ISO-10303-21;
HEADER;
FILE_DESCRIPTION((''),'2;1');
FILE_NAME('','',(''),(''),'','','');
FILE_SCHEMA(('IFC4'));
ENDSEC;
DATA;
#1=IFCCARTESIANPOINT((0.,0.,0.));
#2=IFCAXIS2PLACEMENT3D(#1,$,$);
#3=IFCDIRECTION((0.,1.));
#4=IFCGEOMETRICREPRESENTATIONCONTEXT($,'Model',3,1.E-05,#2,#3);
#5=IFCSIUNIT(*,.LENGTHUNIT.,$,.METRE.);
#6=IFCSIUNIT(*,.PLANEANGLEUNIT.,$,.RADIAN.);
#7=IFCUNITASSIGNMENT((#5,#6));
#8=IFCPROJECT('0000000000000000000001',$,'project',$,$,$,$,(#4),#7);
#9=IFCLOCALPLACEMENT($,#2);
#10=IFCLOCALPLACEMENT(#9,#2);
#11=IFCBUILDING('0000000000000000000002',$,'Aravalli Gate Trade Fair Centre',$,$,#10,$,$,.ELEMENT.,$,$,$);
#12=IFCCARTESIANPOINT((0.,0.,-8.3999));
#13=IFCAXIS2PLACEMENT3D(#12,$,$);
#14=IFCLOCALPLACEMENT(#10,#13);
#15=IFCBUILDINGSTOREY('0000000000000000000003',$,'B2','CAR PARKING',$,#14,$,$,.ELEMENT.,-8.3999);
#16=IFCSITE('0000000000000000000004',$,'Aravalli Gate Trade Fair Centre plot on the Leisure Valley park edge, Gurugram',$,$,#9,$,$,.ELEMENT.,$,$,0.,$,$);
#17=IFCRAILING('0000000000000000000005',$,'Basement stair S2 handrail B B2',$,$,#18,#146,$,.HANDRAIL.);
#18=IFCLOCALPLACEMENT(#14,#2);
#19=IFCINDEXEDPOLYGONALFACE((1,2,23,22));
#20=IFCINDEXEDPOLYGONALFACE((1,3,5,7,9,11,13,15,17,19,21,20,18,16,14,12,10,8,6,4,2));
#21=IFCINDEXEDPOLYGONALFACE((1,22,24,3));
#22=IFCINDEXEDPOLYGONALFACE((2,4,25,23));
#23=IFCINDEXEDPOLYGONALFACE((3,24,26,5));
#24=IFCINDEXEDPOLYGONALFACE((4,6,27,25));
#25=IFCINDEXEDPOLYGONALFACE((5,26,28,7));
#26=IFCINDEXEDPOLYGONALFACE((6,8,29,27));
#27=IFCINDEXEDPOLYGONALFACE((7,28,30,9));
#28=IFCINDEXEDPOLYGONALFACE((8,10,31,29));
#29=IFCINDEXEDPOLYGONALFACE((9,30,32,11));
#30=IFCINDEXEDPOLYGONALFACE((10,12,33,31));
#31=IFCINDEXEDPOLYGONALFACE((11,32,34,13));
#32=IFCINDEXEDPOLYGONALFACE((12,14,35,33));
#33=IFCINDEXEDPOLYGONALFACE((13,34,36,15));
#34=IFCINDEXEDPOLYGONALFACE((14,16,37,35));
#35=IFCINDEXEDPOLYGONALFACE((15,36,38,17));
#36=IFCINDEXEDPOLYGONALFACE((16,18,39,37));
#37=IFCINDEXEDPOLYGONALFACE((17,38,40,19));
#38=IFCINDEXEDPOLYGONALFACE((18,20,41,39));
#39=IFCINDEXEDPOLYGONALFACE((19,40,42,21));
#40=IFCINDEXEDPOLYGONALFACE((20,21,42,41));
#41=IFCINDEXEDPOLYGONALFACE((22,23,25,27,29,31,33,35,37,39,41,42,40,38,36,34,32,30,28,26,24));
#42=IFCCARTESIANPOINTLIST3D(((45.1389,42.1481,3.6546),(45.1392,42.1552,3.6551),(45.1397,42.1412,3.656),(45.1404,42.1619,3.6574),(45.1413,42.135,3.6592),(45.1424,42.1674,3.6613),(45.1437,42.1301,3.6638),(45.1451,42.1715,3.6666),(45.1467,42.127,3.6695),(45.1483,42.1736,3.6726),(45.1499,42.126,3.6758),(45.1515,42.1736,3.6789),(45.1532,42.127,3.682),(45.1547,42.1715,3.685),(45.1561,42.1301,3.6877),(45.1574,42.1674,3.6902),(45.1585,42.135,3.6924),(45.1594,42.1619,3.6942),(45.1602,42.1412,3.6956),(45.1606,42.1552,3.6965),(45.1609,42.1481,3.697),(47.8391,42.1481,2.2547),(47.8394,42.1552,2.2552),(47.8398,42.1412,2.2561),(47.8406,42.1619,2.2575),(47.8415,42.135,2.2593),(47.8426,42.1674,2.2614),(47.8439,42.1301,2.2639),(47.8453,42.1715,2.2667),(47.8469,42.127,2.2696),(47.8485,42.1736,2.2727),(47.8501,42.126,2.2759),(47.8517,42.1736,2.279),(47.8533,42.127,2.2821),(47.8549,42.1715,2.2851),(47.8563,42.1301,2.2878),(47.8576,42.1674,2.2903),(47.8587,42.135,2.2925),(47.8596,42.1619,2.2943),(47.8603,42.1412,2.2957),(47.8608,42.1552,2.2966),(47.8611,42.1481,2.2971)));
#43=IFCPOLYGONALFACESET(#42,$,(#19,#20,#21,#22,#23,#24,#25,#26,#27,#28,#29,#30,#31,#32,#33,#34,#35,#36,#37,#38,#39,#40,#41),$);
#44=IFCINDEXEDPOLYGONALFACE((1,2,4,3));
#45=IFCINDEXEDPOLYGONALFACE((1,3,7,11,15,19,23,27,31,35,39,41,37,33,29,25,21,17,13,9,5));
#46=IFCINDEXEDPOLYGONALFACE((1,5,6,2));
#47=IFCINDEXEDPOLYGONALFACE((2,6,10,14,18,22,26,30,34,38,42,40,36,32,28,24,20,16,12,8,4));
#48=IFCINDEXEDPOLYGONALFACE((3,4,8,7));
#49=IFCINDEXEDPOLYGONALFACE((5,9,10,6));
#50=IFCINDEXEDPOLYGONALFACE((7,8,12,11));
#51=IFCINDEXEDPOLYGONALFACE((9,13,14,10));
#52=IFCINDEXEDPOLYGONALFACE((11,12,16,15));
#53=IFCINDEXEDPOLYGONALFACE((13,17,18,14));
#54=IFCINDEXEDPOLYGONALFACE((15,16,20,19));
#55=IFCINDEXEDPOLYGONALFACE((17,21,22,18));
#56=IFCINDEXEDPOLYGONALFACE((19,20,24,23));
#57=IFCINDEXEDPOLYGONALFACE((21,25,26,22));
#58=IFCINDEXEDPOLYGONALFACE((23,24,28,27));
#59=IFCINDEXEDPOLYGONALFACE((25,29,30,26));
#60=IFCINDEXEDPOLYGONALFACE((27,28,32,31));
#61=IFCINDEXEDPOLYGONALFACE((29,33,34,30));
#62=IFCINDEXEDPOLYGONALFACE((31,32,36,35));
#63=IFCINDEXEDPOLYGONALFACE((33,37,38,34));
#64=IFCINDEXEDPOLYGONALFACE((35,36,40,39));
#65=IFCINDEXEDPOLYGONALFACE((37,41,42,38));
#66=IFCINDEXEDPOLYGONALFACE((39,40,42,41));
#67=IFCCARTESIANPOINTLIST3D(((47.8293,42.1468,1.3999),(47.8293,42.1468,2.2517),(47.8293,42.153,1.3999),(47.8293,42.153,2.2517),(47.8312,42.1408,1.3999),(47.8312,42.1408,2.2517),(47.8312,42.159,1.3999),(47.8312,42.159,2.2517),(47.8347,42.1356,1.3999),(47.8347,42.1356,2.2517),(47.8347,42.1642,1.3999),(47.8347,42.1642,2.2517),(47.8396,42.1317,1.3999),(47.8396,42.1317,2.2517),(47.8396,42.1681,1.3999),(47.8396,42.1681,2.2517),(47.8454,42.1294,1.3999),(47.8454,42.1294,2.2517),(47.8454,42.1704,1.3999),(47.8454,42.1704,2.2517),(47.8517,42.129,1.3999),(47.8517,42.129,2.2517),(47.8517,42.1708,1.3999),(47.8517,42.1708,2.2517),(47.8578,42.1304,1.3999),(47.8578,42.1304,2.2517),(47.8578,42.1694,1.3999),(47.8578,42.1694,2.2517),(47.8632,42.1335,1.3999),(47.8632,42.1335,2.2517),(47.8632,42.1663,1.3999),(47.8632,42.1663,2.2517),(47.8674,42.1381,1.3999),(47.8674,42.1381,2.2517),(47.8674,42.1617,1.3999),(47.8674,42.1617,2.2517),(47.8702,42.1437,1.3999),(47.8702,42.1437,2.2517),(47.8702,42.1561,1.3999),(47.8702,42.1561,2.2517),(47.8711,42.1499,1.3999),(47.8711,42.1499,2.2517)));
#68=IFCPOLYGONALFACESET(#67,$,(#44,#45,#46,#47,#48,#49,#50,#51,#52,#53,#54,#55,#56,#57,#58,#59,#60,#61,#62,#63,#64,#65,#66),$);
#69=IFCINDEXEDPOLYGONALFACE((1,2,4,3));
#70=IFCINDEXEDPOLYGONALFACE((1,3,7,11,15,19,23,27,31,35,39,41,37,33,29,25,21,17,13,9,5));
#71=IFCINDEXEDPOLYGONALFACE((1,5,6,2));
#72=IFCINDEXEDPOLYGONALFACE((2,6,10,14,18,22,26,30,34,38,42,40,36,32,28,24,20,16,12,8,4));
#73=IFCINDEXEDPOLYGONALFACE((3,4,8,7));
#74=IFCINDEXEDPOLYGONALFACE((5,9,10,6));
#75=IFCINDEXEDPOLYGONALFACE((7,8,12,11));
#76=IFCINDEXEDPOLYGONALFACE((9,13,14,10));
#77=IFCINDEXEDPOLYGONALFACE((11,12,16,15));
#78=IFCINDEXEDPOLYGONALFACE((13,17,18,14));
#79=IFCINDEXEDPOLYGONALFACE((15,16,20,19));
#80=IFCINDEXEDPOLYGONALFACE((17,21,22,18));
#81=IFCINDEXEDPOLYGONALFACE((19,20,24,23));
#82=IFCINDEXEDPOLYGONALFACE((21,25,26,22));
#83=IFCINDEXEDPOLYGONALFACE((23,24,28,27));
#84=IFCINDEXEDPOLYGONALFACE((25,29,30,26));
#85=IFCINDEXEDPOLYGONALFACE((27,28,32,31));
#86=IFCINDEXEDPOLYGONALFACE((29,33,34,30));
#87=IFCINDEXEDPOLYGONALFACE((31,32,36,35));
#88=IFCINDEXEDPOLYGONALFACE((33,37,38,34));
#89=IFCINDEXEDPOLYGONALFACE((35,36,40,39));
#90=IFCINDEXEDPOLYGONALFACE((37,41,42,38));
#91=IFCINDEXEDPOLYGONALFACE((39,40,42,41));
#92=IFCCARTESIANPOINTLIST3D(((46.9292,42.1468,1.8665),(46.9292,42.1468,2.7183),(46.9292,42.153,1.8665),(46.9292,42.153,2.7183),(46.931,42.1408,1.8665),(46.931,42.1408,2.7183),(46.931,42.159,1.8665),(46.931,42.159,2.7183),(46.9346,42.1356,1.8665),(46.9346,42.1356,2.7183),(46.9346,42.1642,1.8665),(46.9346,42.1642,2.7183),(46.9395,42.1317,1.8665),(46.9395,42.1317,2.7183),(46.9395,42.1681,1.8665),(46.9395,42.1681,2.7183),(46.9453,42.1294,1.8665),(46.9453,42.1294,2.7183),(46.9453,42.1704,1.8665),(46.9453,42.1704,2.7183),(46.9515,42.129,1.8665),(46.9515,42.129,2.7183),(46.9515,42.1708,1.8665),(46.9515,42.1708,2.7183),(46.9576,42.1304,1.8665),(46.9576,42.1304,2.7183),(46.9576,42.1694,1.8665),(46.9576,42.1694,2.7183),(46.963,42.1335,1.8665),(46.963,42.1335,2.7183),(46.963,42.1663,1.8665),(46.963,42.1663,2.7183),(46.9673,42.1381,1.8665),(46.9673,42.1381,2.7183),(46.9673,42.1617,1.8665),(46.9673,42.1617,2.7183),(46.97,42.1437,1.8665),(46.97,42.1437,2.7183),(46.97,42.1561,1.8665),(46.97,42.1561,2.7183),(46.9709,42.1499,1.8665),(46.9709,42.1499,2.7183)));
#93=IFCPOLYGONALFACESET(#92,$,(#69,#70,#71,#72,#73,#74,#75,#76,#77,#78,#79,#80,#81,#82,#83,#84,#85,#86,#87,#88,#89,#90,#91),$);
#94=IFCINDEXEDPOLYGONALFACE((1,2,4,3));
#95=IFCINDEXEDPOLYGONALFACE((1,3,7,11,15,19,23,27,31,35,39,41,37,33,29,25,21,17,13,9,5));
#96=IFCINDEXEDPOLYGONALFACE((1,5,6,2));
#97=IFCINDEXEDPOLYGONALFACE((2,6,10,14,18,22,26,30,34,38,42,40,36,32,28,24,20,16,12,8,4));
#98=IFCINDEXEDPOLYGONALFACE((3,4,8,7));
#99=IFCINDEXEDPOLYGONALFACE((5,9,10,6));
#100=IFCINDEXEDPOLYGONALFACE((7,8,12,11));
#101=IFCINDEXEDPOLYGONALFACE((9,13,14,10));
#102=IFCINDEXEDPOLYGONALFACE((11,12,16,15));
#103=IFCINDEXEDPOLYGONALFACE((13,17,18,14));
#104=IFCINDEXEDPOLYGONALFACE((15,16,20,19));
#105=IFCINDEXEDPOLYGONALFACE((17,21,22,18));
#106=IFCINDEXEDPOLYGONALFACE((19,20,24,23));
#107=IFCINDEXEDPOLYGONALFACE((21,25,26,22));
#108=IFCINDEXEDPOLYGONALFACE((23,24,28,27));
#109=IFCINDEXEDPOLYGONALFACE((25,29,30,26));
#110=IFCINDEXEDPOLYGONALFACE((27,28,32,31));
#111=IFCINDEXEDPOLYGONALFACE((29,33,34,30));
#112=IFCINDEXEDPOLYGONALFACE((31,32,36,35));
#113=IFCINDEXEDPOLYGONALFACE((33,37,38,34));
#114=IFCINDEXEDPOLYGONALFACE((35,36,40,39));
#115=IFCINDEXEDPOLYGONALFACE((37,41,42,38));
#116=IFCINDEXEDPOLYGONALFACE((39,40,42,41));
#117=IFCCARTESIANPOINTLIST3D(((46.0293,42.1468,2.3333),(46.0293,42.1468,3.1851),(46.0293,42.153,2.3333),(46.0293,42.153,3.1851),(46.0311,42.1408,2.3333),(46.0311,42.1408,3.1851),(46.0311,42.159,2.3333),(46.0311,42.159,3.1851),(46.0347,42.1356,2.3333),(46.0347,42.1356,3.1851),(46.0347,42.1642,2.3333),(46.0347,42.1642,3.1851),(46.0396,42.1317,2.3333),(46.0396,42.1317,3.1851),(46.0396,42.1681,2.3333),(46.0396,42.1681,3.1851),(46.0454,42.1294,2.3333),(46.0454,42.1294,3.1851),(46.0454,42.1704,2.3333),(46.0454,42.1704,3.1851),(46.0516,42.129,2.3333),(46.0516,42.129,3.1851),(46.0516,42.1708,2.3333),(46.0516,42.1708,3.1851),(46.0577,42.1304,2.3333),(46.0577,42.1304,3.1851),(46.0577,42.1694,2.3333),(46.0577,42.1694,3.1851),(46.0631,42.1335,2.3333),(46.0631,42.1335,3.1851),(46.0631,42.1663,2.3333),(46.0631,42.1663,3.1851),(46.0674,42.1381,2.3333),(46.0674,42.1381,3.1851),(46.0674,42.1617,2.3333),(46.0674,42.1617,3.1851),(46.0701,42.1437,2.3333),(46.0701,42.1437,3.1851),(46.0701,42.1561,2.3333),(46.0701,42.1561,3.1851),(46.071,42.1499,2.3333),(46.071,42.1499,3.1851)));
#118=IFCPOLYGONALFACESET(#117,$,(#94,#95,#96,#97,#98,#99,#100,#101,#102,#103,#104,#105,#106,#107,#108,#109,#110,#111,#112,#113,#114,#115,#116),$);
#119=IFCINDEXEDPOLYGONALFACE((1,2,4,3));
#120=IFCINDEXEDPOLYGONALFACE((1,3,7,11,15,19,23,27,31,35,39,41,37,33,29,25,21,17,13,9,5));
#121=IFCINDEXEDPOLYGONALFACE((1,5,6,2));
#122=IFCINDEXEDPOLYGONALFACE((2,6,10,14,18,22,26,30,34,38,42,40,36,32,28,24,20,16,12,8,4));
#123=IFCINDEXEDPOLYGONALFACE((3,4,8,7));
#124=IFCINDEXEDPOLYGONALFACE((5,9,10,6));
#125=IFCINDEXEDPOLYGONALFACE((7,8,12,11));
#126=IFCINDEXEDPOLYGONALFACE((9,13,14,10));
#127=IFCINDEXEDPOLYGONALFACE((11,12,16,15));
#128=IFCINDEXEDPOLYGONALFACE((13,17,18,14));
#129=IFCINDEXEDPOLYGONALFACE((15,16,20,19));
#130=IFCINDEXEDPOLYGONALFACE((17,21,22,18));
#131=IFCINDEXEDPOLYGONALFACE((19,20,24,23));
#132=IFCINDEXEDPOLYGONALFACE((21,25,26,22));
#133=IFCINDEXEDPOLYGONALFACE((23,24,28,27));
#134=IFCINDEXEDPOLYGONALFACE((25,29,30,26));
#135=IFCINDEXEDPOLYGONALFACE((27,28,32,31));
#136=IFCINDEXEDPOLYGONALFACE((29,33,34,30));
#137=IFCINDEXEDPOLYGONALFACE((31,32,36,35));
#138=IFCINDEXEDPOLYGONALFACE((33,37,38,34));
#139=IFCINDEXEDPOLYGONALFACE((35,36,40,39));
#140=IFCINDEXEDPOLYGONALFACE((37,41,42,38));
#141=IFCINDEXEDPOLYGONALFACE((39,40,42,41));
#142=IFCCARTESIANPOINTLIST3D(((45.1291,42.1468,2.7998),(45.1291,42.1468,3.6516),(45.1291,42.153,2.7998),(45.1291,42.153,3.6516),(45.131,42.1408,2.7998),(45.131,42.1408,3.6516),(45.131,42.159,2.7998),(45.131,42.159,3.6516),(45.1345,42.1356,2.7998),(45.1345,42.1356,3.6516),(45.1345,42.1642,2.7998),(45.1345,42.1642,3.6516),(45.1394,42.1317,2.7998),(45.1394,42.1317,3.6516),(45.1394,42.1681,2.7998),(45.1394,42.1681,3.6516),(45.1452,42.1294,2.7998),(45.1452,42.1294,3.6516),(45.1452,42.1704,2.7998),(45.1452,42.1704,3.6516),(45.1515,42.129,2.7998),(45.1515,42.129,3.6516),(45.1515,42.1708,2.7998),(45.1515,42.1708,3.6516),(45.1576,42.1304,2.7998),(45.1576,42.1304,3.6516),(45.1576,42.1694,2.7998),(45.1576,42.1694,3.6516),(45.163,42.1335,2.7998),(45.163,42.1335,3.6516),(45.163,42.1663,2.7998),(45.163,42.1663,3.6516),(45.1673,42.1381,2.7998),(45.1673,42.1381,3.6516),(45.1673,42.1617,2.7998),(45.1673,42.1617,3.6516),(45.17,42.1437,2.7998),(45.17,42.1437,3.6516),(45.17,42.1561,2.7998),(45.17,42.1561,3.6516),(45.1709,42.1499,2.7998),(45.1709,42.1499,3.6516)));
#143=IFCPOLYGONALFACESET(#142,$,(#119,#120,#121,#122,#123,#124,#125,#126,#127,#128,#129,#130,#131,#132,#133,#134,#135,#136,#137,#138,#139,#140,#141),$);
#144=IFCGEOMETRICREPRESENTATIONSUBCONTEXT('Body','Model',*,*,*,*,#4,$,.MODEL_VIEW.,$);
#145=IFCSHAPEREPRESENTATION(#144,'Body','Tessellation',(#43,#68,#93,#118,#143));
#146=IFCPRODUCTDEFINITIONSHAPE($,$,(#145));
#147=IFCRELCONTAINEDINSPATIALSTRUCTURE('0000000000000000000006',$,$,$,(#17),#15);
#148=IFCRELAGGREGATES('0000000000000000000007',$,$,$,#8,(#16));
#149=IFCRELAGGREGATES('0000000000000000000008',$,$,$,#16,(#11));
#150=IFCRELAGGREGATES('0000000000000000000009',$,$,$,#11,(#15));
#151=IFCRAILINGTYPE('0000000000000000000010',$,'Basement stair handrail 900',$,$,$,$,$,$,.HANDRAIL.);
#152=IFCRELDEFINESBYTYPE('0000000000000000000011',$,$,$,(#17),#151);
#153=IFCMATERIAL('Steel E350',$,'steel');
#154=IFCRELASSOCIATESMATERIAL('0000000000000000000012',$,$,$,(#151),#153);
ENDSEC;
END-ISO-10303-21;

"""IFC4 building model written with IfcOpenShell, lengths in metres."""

from ifc_helpers import new_model, si_unit, direction, frame, origin, origin_2d, place, context, subcontext, project, spatial, circle, extrude, material, type_object, element, save


model = new_model("IFC4")

# Units and contexts
model_context = context("Model", 3, precision=1e-05, world=origin(), true_north=direction((0.0, 1.0)))
body_context = subcontext(model_context, "Body", "Model", "MODEL_VIEW")
ifc_project = project(units=[si_unit("LENGTHUNIT", "METRE"), si_unit("PLANEANGLEUNIT", "RADIAN")], contexts=[model_context])

# Site, building, storey
site_placement = place(None, origin())
site = spatial("IfcSite", under=ifc_project, at=site_placement, Name="Aravalli Gate Trade Fair Centre plot on the Leisure Valley park edge, Gurugram", CompositionType="ELEMENT", RefElevation=0.0)
building_placement = place(site_placement, origin())
building = spatial("IfcBuilding", under=site, at=building_placement, Name="Aravalli Gate Trade Fair Centre", CompositionType="ELEMENT")
storey_placement = place(building_placement, frame((0.0, 0.0, -8.3999)))
storey = spatial("IfcBuildingStorey", under=building, at=storey_placement, Name="B2", Description="CAR PARKING", CompositionType="ELEMENT", Elevation=-8.3999)

# Railing
ifc_material_1 = material(Name="Steel E350", Category="steel")
railing_type_1 = type_object("IfcRailingType", Name="Basement stair handrail 900", PredefinedType="HANDRAIL", material=ifc_material_1)
railing_1_placement = place(storey_placement, frame((47.8501, 42.1499, 1.3999)))
element("IfcRailing", 1, at=railing_1_placement, inside=storey, type_object=railing_type_1, Name="Basement stair S2 handrail B B2", PredefinedType="HANDRAIL", context=body_context, shape_type="SweptSolid", body=[
    extrude(circle(Radius=0.0239, at=origin_2d()), frame((0.0, 0.0, 0.876), z_axis=(-0.887781, 0.0, 0.460266), x_axis=(0.0, -1.0, 0.0)), (0.0, 0.0, 1.0), 3.0415),
    extrude(circle(Radius=0.021, at=origin_2d()), origin(), (0.0, 0.0, 1.0), 0.8518),
    extrude(circle(Radius=0.021, at=origin_2d()), frame((-0.9001, 0.0, 0.4666)), (0.0, 0.0, 1.0), 0.8518),
    extrude(circle(Radius=0.021, at=origin_2d()), frame((-1.8, 0.0, 0.9333)), (0.0, 0.0, 1.0), 0.8518),
    extrude(circle(Radius=0.021, at=origin_2d()), frame((-2.7002, 0.0, 1.3999)), (0.0, 0.0, 1.0), 0.8518),
])

save(model, "model.ifc")
